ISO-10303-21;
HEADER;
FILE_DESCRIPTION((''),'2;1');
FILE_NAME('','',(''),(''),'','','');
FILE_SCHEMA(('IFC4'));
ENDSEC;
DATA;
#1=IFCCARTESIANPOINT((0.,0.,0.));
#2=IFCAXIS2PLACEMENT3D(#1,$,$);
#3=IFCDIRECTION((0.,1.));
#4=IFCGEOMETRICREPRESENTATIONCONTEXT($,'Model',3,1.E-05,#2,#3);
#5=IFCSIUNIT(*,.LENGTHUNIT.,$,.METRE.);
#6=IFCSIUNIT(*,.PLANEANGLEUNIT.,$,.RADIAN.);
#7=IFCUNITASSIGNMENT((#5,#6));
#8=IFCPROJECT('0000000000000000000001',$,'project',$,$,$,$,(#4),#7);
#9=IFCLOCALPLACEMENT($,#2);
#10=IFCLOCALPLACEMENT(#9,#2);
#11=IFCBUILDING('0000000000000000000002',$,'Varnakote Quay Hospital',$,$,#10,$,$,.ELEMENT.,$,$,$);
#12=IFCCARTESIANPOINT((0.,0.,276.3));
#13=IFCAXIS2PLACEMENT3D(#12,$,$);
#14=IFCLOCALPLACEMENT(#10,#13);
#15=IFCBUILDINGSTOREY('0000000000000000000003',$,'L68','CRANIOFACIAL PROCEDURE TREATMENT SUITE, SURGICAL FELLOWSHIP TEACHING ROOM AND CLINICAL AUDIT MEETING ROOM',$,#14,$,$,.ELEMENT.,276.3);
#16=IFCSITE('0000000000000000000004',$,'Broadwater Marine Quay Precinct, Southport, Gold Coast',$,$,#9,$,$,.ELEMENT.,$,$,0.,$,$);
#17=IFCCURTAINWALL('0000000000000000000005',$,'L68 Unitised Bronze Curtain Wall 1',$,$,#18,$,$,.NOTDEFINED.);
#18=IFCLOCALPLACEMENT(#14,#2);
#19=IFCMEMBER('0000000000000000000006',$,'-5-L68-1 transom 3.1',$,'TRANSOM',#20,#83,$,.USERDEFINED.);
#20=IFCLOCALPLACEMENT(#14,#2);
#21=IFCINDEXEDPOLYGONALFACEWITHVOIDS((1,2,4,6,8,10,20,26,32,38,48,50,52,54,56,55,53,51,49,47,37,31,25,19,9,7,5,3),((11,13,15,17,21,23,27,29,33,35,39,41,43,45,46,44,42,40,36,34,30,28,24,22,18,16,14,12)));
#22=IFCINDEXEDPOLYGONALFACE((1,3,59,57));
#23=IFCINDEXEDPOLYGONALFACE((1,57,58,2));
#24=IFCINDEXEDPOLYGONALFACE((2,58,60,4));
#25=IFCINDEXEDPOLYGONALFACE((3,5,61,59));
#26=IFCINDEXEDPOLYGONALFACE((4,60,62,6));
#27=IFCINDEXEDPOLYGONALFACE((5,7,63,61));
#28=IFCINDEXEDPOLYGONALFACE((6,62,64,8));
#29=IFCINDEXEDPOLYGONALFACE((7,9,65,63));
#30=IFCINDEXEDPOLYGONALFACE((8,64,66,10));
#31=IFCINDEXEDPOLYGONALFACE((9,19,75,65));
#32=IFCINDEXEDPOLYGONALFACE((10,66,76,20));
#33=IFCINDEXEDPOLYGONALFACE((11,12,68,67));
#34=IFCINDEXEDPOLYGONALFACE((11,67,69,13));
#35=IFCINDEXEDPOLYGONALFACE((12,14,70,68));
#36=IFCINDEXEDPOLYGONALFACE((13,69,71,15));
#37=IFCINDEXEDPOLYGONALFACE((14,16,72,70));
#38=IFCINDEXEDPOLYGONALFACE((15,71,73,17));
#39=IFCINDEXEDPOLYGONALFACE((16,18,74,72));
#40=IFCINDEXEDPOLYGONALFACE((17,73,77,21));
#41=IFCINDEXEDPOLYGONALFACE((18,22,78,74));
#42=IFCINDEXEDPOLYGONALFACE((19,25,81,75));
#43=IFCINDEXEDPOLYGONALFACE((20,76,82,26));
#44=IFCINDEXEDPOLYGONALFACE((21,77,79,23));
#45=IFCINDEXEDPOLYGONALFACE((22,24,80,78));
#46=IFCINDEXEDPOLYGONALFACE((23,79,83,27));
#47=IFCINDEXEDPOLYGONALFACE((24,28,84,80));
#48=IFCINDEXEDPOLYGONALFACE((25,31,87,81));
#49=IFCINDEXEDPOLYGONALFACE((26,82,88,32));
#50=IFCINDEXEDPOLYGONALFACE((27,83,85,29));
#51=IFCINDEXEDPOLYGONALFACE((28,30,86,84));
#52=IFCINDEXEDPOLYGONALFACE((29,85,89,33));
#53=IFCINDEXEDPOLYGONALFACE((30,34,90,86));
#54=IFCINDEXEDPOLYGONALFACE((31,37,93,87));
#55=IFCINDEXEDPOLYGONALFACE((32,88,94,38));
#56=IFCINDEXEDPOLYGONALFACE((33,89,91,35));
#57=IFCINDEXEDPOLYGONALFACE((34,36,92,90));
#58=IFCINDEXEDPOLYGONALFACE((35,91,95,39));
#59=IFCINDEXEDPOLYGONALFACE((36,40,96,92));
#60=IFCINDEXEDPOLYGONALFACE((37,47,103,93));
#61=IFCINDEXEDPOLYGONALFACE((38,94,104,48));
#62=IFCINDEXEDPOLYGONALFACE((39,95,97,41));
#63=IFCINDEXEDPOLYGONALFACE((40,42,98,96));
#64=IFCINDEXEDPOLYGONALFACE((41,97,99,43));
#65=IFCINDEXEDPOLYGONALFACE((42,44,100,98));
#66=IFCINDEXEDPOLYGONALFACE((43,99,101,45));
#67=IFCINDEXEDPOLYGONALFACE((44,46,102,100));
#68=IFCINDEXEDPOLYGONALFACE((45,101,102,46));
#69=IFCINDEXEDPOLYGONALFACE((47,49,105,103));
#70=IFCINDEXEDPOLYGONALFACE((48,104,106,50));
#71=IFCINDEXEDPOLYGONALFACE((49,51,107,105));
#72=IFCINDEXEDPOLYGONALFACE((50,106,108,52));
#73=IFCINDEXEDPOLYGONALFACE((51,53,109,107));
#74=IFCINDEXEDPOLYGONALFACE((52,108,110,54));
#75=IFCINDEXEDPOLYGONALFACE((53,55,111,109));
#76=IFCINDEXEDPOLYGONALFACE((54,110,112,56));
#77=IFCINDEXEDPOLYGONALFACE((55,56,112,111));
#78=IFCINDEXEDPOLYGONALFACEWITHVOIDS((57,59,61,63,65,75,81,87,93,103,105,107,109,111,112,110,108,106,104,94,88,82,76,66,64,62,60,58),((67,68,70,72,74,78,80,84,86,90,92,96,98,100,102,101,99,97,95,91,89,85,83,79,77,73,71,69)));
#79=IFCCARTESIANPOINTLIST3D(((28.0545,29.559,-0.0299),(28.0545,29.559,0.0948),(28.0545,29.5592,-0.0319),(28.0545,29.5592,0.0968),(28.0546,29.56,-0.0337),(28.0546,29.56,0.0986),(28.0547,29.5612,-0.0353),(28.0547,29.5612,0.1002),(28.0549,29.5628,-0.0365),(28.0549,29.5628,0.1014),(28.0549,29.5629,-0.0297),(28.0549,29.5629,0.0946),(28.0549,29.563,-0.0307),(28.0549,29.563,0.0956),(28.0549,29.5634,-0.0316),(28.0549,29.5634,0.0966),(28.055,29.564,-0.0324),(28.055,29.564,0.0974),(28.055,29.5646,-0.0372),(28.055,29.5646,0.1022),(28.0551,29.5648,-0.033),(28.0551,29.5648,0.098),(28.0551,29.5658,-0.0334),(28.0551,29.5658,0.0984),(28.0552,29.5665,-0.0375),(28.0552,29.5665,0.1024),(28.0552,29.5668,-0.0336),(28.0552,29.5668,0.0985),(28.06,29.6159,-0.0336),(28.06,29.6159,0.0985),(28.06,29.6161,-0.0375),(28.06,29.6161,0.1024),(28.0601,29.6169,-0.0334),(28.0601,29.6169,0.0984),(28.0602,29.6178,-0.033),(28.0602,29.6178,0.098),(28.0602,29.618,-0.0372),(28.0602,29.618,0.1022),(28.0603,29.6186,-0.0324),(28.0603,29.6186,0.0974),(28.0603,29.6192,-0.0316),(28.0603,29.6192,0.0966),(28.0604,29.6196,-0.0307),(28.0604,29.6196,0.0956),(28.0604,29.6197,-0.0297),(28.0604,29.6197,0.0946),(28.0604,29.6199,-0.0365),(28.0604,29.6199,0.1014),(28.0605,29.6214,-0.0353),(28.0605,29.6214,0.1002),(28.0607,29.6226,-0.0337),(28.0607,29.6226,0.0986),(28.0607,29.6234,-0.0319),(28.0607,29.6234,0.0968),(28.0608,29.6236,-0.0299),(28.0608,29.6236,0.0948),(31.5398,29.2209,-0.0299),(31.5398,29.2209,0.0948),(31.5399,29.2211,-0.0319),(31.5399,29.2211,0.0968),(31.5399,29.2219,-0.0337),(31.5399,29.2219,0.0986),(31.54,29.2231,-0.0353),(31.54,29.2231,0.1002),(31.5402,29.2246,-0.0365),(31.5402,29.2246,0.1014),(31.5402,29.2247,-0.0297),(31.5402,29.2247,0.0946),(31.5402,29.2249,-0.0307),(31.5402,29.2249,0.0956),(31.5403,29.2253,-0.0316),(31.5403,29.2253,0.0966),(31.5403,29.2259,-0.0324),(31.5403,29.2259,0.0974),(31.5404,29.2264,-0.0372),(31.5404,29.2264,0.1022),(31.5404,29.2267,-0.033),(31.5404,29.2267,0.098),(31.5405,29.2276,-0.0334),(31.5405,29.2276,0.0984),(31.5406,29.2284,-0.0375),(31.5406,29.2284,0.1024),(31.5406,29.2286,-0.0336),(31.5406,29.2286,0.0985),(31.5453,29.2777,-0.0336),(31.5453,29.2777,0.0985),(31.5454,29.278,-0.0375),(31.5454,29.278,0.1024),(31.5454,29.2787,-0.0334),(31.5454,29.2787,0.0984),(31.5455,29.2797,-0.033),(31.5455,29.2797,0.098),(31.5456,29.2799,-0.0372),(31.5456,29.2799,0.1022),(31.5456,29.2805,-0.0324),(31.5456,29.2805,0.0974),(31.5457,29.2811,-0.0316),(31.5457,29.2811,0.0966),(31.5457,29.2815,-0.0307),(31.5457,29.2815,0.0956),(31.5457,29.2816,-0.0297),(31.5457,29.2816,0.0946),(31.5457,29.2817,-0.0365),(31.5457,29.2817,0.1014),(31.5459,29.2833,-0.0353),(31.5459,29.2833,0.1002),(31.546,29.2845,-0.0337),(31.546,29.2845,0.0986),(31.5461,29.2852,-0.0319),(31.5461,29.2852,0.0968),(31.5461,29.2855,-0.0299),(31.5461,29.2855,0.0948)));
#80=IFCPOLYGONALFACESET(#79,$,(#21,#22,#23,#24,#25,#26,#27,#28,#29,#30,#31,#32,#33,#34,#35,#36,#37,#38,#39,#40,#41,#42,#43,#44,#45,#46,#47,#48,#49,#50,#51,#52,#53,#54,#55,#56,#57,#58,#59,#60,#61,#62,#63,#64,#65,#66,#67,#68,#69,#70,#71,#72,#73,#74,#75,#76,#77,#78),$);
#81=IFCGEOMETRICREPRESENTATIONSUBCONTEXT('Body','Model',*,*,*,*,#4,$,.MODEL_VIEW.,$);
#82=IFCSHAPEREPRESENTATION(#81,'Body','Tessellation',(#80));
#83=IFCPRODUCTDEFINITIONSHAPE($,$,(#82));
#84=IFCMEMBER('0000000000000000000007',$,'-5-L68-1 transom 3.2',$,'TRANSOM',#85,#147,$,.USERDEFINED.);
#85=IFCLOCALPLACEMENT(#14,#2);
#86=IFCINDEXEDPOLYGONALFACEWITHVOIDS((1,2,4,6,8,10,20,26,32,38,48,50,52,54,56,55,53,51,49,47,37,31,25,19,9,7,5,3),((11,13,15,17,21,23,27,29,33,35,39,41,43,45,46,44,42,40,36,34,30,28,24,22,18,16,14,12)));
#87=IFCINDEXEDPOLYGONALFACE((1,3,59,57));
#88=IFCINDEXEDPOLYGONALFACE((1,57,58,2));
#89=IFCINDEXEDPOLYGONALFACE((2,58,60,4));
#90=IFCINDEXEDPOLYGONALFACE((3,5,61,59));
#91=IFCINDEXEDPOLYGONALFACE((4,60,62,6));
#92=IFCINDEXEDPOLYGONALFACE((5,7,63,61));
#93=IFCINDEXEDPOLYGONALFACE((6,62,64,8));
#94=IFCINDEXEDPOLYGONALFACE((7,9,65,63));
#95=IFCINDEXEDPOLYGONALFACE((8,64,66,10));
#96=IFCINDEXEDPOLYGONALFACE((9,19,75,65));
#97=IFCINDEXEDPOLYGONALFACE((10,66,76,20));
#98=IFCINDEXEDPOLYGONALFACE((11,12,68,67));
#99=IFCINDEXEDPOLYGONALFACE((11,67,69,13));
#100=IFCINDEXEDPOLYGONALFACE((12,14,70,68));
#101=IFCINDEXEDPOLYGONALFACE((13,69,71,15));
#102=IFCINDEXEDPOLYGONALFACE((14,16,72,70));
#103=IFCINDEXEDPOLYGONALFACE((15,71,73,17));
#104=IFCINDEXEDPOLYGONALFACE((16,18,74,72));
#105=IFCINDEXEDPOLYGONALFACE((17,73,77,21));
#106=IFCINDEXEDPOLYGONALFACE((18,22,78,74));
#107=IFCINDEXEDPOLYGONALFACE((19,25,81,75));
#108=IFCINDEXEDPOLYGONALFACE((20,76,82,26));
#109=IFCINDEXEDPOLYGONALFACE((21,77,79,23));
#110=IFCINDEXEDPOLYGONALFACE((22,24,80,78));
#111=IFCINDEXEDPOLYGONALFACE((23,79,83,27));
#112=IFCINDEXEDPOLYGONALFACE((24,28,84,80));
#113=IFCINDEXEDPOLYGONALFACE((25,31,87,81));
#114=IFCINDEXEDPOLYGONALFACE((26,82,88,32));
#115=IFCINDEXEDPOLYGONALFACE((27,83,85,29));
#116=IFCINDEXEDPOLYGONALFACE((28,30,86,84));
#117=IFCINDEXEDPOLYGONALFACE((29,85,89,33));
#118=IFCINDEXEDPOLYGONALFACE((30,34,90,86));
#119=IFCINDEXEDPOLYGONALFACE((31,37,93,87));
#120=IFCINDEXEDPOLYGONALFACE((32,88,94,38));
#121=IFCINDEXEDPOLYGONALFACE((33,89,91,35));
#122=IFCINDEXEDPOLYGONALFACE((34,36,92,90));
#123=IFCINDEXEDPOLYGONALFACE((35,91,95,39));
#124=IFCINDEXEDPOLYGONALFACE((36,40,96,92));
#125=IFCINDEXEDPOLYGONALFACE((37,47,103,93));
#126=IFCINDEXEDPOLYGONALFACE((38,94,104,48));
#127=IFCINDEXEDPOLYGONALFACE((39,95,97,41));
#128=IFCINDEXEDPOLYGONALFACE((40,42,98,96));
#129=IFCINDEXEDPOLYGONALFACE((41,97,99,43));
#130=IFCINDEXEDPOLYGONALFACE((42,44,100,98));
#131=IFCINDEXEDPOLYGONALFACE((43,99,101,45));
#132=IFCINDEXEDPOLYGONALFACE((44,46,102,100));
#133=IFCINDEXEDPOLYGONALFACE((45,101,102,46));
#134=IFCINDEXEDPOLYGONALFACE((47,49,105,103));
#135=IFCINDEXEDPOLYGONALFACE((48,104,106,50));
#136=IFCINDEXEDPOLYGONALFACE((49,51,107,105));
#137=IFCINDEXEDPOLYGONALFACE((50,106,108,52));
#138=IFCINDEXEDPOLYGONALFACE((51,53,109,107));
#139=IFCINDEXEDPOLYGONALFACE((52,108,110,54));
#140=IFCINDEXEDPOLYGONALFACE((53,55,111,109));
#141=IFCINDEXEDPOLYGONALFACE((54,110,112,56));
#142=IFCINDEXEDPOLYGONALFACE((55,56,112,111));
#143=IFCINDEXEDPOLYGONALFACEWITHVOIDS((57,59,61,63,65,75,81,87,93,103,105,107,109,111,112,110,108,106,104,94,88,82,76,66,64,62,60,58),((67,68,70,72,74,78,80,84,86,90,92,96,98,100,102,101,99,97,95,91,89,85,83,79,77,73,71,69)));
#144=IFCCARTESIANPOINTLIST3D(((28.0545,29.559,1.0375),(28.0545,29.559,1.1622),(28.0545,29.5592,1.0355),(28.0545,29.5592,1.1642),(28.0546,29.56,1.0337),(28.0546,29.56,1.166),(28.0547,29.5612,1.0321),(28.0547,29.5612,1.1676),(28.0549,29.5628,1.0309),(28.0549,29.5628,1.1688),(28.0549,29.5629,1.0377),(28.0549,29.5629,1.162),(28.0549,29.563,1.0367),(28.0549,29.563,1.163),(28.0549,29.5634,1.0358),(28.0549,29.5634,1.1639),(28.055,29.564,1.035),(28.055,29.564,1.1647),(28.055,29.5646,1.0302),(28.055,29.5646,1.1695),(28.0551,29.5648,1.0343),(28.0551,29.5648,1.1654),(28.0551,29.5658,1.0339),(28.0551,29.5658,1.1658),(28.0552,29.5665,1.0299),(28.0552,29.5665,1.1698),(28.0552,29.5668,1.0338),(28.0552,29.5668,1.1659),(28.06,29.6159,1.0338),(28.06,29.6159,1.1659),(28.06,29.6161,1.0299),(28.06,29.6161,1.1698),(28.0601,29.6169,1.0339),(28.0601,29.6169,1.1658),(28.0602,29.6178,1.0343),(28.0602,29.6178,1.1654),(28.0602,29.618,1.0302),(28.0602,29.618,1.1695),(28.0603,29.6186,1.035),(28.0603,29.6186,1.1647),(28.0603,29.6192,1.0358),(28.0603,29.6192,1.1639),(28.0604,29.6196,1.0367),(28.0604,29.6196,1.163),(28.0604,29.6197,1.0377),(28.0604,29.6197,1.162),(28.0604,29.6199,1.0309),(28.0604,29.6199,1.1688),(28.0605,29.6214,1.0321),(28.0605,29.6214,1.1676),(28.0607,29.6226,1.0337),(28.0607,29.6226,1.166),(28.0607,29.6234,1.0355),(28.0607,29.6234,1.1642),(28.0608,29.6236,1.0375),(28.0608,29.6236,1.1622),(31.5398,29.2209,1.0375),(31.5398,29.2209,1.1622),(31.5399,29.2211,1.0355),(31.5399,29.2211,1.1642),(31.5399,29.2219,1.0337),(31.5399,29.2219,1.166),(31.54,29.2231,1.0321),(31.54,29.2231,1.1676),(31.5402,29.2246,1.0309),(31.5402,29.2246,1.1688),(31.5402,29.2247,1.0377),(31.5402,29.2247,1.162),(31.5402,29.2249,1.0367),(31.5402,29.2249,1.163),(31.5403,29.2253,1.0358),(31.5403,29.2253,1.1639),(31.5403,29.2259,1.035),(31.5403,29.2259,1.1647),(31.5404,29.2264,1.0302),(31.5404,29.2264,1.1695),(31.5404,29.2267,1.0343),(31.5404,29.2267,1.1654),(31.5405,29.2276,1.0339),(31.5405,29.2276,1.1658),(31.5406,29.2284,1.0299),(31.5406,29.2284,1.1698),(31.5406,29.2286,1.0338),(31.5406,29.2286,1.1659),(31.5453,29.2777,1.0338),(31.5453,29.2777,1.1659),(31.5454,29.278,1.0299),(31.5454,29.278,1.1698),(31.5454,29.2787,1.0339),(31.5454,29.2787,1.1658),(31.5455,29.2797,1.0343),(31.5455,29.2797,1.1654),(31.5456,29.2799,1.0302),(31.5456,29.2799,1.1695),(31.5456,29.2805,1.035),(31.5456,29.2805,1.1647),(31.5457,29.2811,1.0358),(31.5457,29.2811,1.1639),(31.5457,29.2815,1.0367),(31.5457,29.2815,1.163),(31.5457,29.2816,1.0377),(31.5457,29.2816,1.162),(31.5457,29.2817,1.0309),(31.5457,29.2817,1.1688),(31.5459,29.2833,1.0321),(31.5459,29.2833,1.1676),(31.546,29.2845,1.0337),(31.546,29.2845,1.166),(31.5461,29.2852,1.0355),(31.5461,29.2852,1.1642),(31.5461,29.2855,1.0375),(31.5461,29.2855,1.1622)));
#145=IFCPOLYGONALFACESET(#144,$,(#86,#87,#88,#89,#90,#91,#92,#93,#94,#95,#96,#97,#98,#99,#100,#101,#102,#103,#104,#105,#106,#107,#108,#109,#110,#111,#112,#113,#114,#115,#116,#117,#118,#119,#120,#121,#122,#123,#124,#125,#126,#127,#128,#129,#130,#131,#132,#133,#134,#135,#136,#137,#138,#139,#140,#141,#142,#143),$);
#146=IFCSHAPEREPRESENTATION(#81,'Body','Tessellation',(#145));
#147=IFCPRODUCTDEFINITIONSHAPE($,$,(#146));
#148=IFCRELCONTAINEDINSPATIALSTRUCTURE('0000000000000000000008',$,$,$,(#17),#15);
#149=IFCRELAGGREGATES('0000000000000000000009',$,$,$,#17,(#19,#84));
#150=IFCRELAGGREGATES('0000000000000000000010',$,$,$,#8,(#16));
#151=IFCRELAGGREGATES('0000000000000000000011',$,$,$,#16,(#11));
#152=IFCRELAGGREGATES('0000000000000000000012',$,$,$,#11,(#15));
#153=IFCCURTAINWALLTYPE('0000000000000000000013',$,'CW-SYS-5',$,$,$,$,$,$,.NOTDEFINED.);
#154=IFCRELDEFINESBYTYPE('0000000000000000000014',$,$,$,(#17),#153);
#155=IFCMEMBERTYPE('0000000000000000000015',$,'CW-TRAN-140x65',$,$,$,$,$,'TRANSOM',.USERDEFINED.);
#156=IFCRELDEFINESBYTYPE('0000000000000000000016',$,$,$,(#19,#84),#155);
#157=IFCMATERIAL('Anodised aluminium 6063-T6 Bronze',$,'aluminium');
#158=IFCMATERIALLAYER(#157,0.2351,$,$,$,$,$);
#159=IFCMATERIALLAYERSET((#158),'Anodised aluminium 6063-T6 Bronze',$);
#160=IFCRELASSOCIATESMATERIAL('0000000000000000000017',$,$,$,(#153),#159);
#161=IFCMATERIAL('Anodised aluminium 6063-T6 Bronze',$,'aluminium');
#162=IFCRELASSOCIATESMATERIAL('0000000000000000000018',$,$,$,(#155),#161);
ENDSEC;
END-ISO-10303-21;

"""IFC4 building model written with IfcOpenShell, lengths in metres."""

from ifc_helpers import new_model, si_unit, direction, frame, origin, origin_2d, place, context, subcontext, project, spatial, hollow_rectangle, extrude, material, layer, layer_set, material_profile, profile_set, type_object, element, aggregate, save


model = new_model("IFC4")

# Units and contexts
model_context = context("Model", 3, precision=1e-05, world=origin(), true_north=direction((0.0, 1.0)))
body_context = subcontext(model_context, "Body", "Model", "MODEL_VIEW")
ifc_project = project(units=[si_unit("LENGTHUNIT", "METRE"), si_unit("PLANEANGLEUNIT", "RADIAN")], contexts=[model_context])

# Site, building, storey
site_placement = place(None, origin())
site = spatial("IfcSite", under=ifc_project, at=site_placement, Name="Broadwater Marine Quay Precinct, Southport, Gold Coast", CompositionType="ELEMENT", RefElevation=0.0)
building_placement = place(site_placement, origin())
building = spatial("IfcBuilding", under=site, at=building_placement, Name="Varnakote Quay Hospital", CompositionType="ELEMENT")
storey_placement = place(building_placement, frame((0.0, 0.0, 276.3)))
storey = spatial("IfcBuildingStorey", under=building, at=storey_placement, Name="L68", Description="CRANIOFACIAL PROCEDURE TREATMENT SUITE, SURGICAL FELLOWSHIP TEACHING ROOM AND CLINICAL AUDIT MEETING ROOM", CompositionType="ELEMENT", Elevation=276.3)

# Curtain wall
ifc_material_1 = material(Name="Anodised aluminium 6063-T6 Bronze", Category="aluminium")
ifc_layer_1 = layer(ifc_material_1, 0.2351)
ifc_layer_set_1 = layer_set([ifc_layer_1], Name="Anodised aluminium 6063-T6 Bronze")
curtain_wall_type = type_object("IfcCurtainWallType", Name="CW-SYS-5", PredefinedType="NOTDEFINED", material=ifc_layer_set_1)
curtain_wall_1_placement = place(storey_placement, origin())
curtain_wall_1 = element("IfcCurtainWall", 1, at=curtain_wall_1_placement, inside=storey, type_object=curtain_wall_type, Name="L68 Unitised Bronze Curtain Wall 1", PredefinedType="NOTDEFINED")

# Members
ifc_material_2 = material(Name="Anodised aluminium 6063-T6 Bronze", Category="aluminium")
ifc_material_profile_1 = material_profile(ifc_material_2, hollow_rectangle(XDim=0.0649, YDim=0.1399, WallThickness=0.0039, InnerFilletRadius=0.0039, OuterFilletRadius=0.0076, at=origin_2d()), Name="CW-TRAN-140x65")
ifc_profile_set_1 = profile_set([ifc_material_profile_1], Name="Anodised aluminium 6063-T6 Bronze")
member_type_1 = type_object("IfcMemberType", Name="CW-TRAN-140x65", ElementType="TRANSOM", PredefinedType="USERDEFINED", material=ifc_profile_set_1)
member_1_placement = place(storey_placement, frame((31.543, 29.2532, 0.0325), z_axis=(-0.995327, 0.096563, 0.0), x_axis=(-0.096563, -0.995327, 0.0)))
member_1 = element("IfcMember", 2, at=member_1_placement, type_object=member_type_1, Name="-5-L68-1 transom 3.1", ObjectType="TRANSOM", PredefinedType="USERDEFINED", context=body_context, shape_type="SweptSolid", body=[
    extrude(hollow_rectangle(XDim=0.0649, YDim=0.1399, WallThickness=0.0039, InnerFilletRadius=0.0039, OuterFilletRadius=0.0076, at=origin_2d()), origin(), (0.0, 0.0, 1.0), 3.5017),
])
member_2_placement = place(storey_placement, frame((31.543, 29.2532, 1.0999), z_axis=(-0.995327, 0.096563, 0.0), x_axis=(-0.096563, -0.995327, 0.0)))
member_2 = element("IfcMember", 3, at=member_2_placement, type_object=member_type_1, Name="-5-L68-1 transom 3.2", ObjectType="TRANSOM", PredefinedType="USERDEFINED", context=body_context, shape_type="SweptSolid", body=[
    extrude(hollow_rectangle(XDim=0.0649, YDim=0.1399, WallThickness=0.0039, InnerFilletRadius=0.0039, OuterFilletRadius=0.0076, at=origin_2d()), origin(), (0.0, 0.0, 1.0), 3.5017),
])

aggregate(curtain_wall_1, [member_1, member_2])

save(model, "model.ifc")
